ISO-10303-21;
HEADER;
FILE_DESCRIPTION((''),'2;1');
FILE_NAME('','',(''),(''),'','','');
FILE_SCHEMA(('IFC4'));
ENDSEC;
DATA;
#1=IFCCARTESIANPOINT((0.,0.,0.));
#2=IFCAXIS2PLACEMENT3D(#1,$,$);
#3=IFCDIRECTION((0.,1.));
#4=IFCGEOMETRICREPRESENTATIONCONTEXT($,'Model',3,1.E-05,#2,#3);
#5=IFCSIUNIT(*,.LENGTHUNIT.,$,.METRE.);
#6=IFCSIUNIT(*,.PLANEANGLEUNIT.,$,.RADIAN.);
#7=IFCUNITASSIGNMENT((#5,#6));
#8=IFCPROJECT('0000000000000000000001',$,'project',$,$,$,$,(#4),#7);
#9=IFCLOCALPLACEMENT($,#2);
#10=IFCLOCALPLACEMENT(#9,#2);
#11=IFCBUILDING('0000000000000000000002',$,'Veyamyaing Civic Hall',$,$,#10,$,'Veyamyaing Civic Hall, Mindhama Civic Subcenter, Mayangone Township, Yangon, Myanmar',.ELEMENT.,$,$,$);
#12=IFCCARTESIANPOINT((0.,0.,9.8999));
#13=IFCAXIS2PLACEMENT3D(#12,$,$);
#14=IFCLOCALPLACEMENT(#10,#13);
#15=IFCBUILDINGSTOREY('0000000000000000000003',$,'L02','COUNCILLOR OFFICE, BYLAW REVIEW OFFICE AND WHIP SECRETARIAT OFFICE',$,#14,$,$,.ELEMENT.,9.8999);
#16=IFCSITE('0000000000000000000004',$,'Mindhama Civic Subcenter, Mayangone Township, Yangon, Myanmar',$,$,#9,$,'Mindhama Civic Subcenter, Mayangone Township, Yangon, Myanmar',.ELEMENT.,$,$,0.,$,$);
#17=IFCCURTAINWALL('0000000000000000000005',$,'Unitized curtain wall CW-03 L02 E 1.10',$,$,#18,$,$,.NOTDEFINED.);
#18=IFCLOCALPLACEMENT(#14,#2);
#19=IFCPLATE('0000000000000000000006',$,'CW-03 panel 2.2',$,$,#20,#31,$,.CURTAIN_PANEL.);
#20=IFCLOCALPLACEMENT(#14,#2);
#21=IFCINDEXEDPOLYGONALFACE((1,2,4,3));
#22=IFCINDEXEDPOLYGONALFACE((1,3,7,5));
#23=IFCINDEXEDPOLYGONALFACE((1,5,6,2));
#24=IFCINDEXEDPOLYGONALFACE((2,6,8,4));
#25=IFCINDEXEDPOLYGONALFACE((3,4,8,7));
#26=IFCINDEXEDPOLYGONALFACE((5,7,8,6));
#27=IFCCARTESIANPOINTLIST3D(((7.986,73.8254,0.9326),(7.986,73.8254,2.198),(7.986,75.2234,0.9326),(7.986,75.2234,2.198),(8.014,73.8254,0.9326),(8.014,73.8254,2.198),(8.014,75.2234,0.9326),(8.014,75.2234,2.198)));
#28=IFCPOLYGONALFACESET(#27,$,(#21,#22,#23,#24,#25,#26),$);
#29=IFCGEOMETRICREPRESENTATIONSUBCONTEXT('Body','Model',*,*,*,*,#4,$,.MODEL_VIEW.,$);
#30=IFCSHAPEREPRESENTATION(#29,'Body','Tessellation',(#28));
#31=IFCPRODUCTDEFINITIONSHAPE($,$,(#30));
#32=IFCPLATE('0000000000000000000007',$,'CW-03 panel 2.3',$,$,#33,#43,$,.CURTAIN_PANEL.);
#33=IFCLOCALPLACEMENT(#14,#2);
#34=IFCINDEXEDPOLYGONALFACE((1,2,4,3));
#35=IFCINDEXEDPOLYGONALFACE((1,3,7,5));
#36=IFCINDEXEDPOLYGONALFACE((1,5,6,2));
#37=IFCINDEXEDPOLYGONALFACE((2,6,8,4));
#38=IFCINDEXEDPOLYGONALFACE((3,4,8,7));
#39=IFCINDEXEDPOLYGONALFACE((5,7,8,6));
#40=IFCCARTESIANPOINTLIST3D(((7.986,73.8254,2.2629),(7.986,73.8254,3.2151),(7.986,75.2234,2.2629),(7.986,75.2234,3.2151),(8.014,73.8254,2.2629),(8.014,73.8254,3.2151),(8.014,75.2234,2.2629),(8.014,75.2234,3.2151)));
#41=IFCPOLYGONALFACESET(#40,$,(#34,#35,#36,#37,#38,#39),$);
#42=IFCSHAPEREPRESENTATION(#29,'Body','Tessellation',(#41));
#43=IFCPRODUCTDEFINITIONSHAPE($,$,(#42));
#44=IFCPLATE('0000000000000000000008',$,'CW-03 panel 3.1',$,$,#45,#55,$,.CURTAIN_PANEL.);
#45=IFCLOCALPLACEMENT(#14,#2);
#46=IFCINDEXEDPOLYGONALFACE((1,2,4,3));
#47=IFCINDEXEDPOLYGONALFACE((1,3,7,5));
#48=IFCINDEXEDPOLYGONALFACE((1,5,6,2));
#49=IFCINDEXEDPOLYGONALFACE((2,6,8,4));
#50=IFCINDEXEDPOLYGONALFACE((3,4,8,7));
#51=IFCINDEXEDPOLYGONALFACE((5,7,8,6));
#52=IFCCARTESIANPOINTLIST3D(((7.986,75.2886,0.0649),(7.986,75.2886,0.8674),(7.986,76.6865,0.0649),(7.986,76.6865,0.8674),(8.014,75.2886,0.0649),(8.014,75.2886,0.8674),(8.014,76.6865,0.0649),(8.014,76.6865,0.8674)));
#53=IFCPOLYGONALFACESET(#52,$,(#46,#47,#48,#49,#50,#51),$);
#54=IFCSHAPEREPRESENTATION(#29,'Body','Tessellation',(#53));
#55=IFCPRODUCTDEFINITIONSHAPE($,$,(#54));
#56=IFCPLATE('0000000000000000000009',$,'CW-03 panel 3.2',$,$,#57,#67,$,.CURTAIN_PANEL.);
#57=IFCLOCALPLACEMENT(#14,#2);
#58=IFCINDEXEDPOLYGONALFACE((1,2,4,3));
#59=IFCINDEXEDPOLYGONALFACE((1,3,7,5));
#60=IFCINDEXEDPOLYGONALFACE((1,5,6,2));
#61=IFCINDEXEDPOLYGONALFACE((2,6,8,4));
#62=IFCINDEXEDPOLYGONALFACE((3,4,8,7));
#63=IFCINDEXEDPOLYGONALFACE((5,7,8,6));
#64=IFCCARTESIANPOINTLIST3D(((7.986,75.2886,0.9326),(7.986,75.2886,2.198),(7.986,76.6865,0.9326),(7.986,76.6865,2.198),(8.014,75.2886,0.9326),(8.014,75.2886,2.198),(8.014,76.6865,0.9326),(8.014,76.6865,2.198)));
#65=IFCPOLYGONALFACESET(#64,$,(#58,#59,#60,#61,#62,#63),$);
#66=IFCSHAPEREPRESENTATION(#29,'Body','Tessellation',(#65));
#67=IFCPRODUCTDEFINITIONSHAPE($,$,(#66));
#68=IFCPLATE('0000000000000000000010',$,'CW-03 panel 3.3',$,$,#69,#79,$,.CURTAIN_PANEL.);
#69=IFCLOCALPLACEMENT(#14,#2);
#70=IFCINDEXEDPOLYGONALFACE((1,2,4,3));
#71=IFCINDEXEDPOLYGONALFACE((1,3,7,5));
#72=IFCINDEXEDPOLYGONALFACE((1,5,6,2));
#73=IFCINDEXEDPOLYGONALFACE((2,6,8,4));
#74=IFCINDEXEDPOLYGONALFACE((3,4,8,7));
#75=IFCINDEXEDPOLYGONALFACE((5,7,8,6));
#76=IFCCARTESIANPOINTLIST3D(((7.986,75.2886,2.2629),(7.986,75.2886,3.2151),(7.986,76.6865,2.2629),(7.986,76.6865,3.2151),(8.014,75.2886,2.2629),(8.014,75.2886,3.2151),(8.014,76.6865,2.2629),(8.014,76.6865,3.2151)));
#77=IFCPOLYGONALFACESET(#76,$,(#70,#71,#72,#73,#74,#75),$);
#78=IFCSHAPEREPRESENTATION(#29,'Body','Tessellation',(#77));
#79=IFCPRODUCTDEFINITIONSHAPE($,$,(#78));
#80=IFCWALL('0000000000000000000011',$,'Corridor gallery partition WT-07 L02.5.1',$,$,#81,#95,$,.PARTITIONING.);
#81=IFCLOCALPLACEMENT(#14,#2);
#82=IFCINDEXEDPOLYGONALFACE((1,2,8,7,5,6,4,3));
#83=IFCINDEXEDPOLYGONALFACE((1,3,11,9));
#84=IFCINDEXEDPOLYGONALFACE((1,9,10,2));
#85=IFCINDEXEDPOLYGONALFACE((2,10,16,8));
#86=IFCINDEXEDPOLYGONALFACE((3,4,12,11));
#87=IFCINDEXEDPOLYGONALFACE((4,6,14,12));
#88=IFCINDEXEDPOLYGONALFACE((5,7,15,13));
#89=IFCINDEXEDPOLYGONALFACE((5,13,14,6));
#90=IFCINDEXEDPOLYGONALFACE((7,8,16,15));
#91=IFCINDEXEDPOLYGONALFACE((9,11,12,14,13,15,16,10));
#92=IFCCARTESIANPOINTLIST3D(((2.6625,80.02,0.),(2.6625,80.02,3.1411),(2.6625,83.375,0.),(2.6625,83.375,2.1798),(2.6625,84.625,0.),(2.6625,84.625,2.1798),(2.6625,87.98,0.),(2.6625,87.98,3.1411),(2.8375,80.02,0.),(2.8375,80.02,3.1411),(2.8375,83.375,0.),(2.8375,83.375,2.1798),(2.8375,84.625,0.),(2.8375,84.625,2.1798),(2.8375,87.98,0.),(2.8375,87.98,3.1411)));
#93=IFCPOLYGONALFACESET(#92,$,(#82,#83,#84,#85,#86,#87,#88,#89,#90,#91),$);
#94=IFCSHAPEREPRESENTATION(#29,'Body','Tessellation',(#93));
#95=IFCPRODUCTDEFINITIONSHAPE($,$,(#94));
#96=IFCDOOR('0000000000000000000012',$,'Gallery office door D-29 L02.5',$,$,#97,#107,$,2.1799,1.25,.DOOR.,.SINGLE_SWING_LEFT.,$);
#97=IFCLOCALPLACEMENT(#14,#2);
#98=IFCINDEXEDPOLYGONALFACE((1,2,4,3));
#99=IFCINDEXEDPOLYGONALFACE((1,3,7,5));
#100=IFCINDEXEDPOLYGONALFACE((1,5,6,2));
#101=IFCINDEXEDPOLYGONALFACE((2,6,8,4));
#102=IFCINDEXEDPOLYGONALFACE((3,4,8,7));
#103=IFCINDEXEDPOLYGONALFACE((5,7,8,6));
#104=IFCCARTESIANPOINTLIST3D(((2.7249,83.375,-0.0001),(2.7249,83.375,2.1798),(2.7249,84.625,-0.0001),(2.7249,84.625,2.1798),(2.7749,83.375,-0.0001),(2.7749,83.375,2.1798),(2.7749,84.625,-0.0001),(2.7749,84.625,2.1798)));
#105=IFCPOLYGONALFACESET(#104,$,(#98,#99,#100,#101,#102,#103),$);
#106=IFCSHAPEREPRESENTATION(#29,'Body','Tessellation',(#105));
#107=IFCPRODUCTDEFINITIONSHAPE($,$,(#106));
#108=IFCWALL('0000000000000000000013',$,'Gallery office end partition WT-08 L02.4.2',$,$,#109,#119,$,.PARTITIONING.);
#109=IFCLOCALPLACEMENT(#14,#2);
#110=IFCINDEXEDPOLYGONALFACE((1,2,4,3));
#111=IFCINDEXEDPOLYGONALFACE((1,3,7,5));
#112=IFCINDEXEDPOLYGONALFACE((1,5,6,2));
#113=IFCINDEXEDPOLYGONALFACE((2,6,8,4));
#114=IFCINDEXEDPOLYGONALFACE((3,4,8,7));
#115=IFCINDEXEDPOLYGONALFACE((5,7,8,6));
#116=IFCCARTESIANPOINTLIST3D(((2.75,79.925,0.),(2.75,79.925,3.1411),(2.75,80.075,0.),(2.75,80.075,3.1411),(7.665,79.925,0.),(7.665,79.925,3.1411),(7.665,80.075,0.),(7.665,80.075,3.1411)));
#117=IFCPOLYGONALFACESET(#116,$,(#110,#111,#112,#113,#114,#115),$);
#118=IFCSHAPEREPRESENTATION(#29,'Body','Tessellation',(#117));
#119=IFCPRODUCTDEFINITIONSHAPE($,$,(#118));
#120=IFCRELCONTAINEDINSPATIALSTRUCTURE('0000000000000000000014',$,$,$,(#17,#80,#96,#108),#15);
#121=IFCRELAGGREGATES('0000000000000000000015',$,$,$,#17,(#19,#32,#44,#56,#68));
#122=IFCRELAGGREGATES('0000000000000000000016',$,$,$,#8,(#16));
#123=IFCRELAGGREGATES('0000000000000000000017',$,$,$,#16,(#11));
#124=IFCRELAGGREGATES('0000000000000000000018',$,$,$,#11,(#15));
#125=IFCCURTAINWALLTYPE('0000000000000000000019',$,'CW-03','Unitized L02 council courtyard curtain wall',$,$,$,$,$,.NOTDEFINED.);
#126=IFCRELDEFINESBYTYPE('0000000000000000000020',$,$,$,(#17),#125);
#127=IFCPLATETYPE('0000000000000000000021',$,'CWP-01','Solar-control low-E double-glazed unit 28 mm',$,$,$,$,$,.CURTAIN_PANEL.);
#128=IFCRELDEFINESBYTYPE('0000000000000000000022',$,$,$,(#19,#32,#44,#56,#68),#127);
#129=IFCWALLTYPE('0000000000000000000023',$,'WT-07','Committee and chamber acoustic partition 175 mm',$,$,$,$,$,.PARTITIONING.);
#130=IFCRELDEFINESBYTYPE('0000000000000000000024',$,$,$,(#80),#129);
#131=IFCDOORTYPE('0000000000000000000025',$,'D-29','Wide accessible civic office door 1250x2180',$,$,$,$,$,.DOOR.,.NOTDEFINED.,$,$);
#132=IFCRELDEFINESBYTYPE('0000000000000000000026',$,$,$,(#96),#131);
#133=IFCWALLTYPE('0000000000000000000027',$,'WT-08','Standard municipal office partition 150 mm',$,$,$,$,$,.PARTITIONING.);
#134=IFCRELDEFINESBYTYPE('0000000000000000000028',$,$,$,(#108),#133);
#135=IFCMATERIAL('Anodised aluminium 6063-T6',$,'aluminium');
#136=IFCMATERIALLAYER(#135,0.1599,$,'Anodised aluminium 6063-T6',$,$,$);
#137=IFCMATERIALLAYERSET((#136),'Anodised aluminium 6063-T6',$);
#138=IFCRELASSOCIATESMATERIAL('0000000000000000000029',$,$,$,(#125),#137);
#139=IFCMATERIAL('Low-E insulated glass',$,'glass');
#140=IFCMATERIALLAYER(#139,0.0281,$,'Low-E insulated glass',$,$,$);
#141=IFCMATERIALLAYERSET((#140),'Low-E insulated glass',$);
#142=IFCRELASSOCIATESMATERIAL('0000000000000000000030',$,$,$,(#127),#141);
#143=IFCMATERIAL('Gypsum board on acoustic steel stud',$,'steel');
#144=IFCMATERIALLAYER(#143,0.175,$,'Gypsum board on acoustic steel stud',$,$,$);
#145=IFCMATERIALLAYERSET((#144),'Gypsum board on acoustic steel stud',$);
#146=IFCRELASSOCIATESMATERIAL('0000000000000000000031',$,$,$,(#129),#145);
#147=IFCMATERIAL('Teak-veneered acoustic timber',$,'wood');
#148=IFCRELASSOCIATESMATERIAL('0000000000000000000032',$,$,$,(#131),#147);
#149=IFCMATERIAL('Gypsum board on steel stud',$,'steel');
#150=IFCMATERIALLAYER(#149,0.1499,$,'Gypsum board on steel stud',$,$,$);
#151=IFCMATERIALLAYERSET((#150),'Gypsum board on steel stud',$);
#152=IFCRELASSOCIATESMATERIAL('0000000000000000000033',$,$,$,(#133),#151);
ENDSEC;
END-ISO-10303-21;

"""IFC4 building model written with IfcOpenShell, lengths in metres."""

from ifc_helpers import new_model, si_unit, direction, frame, frame_2d, origin, origin_2d, place, context, subcontext, project, spatial, rectangle, extrude, material, layer, layer_set, type_object, element, fill, aggregate, save


model = new_model("IFC4")

# Units and contexts
model_context = context("Model", 3, precision=1e-05, world=origin(), true_north=direction((0.0, 1.0)))
body_context = subcontext(model_context, "Body", "Model", "MODEL_VIEW")
ifc_project = project(units=[si_unit("LENGTHUNIT", "METRE"), si_unit("PLANEANGLEUNIT", "RADIAN")], contexts=[model_context])

# Site, building, storey
site_placement = place(None, origin())
site = spatial("IfcSite", under=ifc_project, at=site_placement, Name="Mindhama Civic Subcenter, Mayangone Township, Yangon, Myanmar", LongName="Mindhama Civic Subcenter, Mayangone Township, Yangon, Myanmar", CompositionType="ELEMENT", RefElevation=0.0)
building_placement = place(site_placement, origin())
building = spatial("IfcBuilding", under=site, at=building_placement, Name="Veyamyaing Civic Hall", LongName="Veyamyaing Civic Hall, Mindhama Civic Subcenter, Mayangone Township, Yangon, Myanmar", CompositionType="ELEMENT")
storey_placement = place(building_placement, frame((0.0, 0.0, 9.8999)))
storey = spatial("IfcBuildingStorey", under=building, at=storey_placement, Name="L02", Description="COUNCILLOR OFFICE, BYLAW REVIEW OFFICE AND WHIP SECRETARIAT OFFICE", CompositionType="ELEMENT", Elevation=9.8999)

# Curtain wall, plates
ifc_material_1 = material(Name="Anodised aluminium 6063-T6", Category="aluminium")
ifc_layer_1 = layer(ifc_material_1, 0.1599, Name="Anodised aluminium 6063-T6")
ifc_layer_set_1 = layer_set([ifc_layer_1], Name="Anodised aluminium 6063-T6")
curtain_wall_type = type_object("IfcCurtainWallType", Name="CW-03", Description="Unitized L02 council courtyard curtain wall", PredefinedType="NOTDEFINED", material=ifc_layer_set_1)
curtain_wall_placement = place(storey_placement, origin())
curtain_wall = element("IfcCurtainWall", 1, at=curtain_wall_placement, inside=storey, type_object=curtain_wall_type, Name="Unitized curtain wall CW-03 L02 E 1.10", PredefinedType="NOTDEFINED")
ifc_material_2 = material(Name="Low-E insulated glass", Category="glass")
ifc_layer_2 = layer(ifc_material_2, 0.0281, Name="Low-E insulated glass")
ifc_layer_set_2 = layer_set([ifc_layer_2], Name="Low-E insulated glass")
plate_type = type_object("IfcPlateType", Name="CWP-01", Description="Solar-control low-E double-glazed unit 28 mm", PredefinedType="CURTAIN_PANEL", material=ifc_layer_set_2)
plate_1_placement = place(storey_placement, frame((8.0, 74.5244, 0.9326), z_axis=(0.0, 0.0, 1.0), x_axis=(0.0, 1.0, 0.0)))
plate_1 = element("IfcPlate", 2, at=plate_1_placement, type_object=plate_type, Name="CW-03 panel 2.2", PredefinedType="CURTAIN_PANEL", context=body_context, shape_type="SweptSolid", body=[
    extrude(rectangle(XDim=1.3979, YDim=0.0281, at=origin_2d()), origin(), (0.0, 0.0, 1.0), 1.2654),
])
plate_2_placement = place(storey_placement, frame((8.0, 74.5244, 2.2629), z_axis=(0.0, 0.0, 1.0), x_axis=(0.0, 1.0, 0.0)))
plate_2 = element("IfcPlate", 3, at=plate_2_placement, type_object=plate_type, Name="CW-03 panel 2.3", PredefinedType="CURTAIN_PANEL", context=body_context, shape_type="SweptSolid", body=[
    extrude(rectangle(XDim=1.3979, YDim=0.0281, at=origin_2d()), origin(), (0.0, 0.0, 1.0), 0.9521),
])
plate_3_placement = place(storey_placement, frame((8.0, 75.9875, 0.0649), z_axis=(0.0, 0.0, 1.0), x_axis=(0.0, 1.0, 0.0)))
plate_3 = element("IfcPlate", 4, at=plate_3_placement, type_object=plate_type, Name="CW-03 panel 3.1", PredefinedType="CURTAIN_PANEL", context=body_context, shape_type="SweptSolid", body=[
    extrude(rectangle(XDim=1.3979, YDim=0.0281, at=origin_2d()), origin(), (0.0, 0.0, 1.0), 0.8025),
])
plate_4_placement = place(storey_placement, frame((8.0, 75.9875, 0.9326), z_axis=(0.0, 0.0, 1.0), x_axis=(0.0, 1.0, 0.0)))
plate_4 = element("IfcPlate", 5, at=plate_4_placement, type_object=plate_type, Name="CW-03 panel 3.2", PredefinedType="CURTAIN_PANEL", context=body_context, shape_type="SweptSolid", body=[
    extrude(rectangle(XDim=1.3979, YDim=0.0281, at=origin_2d()), origin(), (0.0, 0.0, 1.0), 1.2654),
])
plate_5_placement = place(storey_placement, frame((8.0, 75.9875, 2.2629), z_axis=(0.0, 0.0, 1.0), x_axis=(0.0, 1.0, 0.0)))
plate_5 = element("IfcPlate", 6, at=plate_5_placement, type_object=plate_type, Name="CW-03 panel 3.3", PredefinedType="CURTAIN_PANEL", context=body_context, shape_type="SweptSolid", body=[
    extrude(rectangle(XDim=1.3979, YDim=0.0281, at=origin_2d()), origin(), (0.0, 0.0, 1.0), 0.9521),
])
aggregate(curtain_wall, [plate_1, plate_2, plate_3, plate_4, plate_5])

# Wall, opening, door
ifc_material_3 = material(Name="Gypsum board on acoustic steel stud", Category="steel")
ifc_layer_3 = layer(ifc_material_3, 0.175, Name="Gypsum board on acoustic steel stud")
ifc_layer_set_3 = layer_set([ifc_layer_3], Name="Gypsum board on acoustic steel stud")
wall_type_1 = type_object("IfcWallType", Name="WT-07", Description="Committee and chamber acoustic partition 175 mm", PredefinedType="PARTITIONING", material=ifc_layer_set_3)
wall_1_placement = place(storey_placement, frame((2.75, 80.02, 0.0), z_axis=(0.0, 0.0, 1.0), x_axis=(0.0, 1.0, 0.0)))
wall_1 = element("IfcWall", 7, at=wall_1_placement, inside=storey, type_object=wall_type_1, Name="Corridor gallery partition WT-07 L02.5.1", PredefinedType="PARTITIONING", context=body_context, shape_type="SweptSolid", body=[
    extrude(rectangle(XDim=7.96, YDim=0.175, at=frame_2d((3.98, 0.0))), origin(), (0.0, 0.0, 1.0), 3.1411),
])
opening_placement = place(wall_1_placement, frame((3.355, 0.0, 0.0)))
opening = element("IfcOpeningElement", 8, at=opening_placement, cuts=wall_1, PredefinedType="OPENING", context=body_context, shape_type="SweptSolid", body=[
    extrude(rectangle(XDim=1.25, YDim=2.1799, at=frame_2d((0.625, 1.0898))), frame((0.0, 0.0974, 0.0), z_axis=(0.0, -1.0, 0.0), x_axis=(1.0, 0.0, 0.0)), (0.0, 0.0, 1.0), 0.1951),
])
ifc_material_4 = material(Name="Teak-veneered acoustic timber", Category="wood")
door_type = type_object("IfcDoorType", Name="D-29", Description="Wide accessible civic office door 1250x2180", OperationType="NOTDEFINED", PredefinedType="DOOR", material=ifc_material_4)
door_placement = place(opening_placement, frame((1.25, 0.0, 0.0), z_axis=(0.0, 0.0, 1.0), x_axis=(-1.0, 0.0, 0.0)))
door = element("IfcDoor", 9, at=door_placement, inside=storey, type_object=door_type, Name="Gallery office door D-29 L02.5", OperationType="SINGLE_SWING_LEFT", OverallHeight=2.1799, OverallWidth=1.25, PredefinedType="DOOR", context=body_context, shape_type="SweptSolid", body=[
    extrude(rectangle(XDim=1.25, YDim=2.1799, at=frame_2d((0.625, 1.0898))), frame((0.0, 0.0249, 0.0), z_axis=(0.0, -1.0, 0.0), x_axis=(1.0, 0.0, 0.0)), (0.0, 0.0, 1.0), 0.05),
])
fill(opening, door)

# Wall
ifc_material_5 = material(Name="Gypsum board on steel stud", Category="steel")
ifc_layer_4 = layer(ifc_material_5, 0.1499, Name="Gypsum board on steel stud")
ifc_layer_set_4 = layer_set([ifc_layer_4], Name="Gypsum board on steel stud")
wall_type_2 = type_object("IfcWallType", Name="WT-08", Description="Standard municipal office partition 150 mm", PredefinedType="PARTITIONING", material=ifc_layer_set_4)
wall_2_placement = place(storey_placement, frame((2.75, 80.0, 0.0), z_axis=(0.0, 0.0, 1.0), x_axis=(1.0, 0.0, 0.0)))
element("IfcWall", 10, at=wall_2_placement, inside=storey, type_object=wall_type_2, Name="Gallery office end partition WT-08 L02.4.2", PredefinedType="PARTITIONING", context=body_context, shape_type="SweptSolid", body=[
    extrude(rectangle(XDim=4.915, YDim=0.1499, at=frame_2d((2.4575, 0.0))), origin(), (0.0, 0.0, 1.0), 3.1411),
])

save(model, "model.ifc")
